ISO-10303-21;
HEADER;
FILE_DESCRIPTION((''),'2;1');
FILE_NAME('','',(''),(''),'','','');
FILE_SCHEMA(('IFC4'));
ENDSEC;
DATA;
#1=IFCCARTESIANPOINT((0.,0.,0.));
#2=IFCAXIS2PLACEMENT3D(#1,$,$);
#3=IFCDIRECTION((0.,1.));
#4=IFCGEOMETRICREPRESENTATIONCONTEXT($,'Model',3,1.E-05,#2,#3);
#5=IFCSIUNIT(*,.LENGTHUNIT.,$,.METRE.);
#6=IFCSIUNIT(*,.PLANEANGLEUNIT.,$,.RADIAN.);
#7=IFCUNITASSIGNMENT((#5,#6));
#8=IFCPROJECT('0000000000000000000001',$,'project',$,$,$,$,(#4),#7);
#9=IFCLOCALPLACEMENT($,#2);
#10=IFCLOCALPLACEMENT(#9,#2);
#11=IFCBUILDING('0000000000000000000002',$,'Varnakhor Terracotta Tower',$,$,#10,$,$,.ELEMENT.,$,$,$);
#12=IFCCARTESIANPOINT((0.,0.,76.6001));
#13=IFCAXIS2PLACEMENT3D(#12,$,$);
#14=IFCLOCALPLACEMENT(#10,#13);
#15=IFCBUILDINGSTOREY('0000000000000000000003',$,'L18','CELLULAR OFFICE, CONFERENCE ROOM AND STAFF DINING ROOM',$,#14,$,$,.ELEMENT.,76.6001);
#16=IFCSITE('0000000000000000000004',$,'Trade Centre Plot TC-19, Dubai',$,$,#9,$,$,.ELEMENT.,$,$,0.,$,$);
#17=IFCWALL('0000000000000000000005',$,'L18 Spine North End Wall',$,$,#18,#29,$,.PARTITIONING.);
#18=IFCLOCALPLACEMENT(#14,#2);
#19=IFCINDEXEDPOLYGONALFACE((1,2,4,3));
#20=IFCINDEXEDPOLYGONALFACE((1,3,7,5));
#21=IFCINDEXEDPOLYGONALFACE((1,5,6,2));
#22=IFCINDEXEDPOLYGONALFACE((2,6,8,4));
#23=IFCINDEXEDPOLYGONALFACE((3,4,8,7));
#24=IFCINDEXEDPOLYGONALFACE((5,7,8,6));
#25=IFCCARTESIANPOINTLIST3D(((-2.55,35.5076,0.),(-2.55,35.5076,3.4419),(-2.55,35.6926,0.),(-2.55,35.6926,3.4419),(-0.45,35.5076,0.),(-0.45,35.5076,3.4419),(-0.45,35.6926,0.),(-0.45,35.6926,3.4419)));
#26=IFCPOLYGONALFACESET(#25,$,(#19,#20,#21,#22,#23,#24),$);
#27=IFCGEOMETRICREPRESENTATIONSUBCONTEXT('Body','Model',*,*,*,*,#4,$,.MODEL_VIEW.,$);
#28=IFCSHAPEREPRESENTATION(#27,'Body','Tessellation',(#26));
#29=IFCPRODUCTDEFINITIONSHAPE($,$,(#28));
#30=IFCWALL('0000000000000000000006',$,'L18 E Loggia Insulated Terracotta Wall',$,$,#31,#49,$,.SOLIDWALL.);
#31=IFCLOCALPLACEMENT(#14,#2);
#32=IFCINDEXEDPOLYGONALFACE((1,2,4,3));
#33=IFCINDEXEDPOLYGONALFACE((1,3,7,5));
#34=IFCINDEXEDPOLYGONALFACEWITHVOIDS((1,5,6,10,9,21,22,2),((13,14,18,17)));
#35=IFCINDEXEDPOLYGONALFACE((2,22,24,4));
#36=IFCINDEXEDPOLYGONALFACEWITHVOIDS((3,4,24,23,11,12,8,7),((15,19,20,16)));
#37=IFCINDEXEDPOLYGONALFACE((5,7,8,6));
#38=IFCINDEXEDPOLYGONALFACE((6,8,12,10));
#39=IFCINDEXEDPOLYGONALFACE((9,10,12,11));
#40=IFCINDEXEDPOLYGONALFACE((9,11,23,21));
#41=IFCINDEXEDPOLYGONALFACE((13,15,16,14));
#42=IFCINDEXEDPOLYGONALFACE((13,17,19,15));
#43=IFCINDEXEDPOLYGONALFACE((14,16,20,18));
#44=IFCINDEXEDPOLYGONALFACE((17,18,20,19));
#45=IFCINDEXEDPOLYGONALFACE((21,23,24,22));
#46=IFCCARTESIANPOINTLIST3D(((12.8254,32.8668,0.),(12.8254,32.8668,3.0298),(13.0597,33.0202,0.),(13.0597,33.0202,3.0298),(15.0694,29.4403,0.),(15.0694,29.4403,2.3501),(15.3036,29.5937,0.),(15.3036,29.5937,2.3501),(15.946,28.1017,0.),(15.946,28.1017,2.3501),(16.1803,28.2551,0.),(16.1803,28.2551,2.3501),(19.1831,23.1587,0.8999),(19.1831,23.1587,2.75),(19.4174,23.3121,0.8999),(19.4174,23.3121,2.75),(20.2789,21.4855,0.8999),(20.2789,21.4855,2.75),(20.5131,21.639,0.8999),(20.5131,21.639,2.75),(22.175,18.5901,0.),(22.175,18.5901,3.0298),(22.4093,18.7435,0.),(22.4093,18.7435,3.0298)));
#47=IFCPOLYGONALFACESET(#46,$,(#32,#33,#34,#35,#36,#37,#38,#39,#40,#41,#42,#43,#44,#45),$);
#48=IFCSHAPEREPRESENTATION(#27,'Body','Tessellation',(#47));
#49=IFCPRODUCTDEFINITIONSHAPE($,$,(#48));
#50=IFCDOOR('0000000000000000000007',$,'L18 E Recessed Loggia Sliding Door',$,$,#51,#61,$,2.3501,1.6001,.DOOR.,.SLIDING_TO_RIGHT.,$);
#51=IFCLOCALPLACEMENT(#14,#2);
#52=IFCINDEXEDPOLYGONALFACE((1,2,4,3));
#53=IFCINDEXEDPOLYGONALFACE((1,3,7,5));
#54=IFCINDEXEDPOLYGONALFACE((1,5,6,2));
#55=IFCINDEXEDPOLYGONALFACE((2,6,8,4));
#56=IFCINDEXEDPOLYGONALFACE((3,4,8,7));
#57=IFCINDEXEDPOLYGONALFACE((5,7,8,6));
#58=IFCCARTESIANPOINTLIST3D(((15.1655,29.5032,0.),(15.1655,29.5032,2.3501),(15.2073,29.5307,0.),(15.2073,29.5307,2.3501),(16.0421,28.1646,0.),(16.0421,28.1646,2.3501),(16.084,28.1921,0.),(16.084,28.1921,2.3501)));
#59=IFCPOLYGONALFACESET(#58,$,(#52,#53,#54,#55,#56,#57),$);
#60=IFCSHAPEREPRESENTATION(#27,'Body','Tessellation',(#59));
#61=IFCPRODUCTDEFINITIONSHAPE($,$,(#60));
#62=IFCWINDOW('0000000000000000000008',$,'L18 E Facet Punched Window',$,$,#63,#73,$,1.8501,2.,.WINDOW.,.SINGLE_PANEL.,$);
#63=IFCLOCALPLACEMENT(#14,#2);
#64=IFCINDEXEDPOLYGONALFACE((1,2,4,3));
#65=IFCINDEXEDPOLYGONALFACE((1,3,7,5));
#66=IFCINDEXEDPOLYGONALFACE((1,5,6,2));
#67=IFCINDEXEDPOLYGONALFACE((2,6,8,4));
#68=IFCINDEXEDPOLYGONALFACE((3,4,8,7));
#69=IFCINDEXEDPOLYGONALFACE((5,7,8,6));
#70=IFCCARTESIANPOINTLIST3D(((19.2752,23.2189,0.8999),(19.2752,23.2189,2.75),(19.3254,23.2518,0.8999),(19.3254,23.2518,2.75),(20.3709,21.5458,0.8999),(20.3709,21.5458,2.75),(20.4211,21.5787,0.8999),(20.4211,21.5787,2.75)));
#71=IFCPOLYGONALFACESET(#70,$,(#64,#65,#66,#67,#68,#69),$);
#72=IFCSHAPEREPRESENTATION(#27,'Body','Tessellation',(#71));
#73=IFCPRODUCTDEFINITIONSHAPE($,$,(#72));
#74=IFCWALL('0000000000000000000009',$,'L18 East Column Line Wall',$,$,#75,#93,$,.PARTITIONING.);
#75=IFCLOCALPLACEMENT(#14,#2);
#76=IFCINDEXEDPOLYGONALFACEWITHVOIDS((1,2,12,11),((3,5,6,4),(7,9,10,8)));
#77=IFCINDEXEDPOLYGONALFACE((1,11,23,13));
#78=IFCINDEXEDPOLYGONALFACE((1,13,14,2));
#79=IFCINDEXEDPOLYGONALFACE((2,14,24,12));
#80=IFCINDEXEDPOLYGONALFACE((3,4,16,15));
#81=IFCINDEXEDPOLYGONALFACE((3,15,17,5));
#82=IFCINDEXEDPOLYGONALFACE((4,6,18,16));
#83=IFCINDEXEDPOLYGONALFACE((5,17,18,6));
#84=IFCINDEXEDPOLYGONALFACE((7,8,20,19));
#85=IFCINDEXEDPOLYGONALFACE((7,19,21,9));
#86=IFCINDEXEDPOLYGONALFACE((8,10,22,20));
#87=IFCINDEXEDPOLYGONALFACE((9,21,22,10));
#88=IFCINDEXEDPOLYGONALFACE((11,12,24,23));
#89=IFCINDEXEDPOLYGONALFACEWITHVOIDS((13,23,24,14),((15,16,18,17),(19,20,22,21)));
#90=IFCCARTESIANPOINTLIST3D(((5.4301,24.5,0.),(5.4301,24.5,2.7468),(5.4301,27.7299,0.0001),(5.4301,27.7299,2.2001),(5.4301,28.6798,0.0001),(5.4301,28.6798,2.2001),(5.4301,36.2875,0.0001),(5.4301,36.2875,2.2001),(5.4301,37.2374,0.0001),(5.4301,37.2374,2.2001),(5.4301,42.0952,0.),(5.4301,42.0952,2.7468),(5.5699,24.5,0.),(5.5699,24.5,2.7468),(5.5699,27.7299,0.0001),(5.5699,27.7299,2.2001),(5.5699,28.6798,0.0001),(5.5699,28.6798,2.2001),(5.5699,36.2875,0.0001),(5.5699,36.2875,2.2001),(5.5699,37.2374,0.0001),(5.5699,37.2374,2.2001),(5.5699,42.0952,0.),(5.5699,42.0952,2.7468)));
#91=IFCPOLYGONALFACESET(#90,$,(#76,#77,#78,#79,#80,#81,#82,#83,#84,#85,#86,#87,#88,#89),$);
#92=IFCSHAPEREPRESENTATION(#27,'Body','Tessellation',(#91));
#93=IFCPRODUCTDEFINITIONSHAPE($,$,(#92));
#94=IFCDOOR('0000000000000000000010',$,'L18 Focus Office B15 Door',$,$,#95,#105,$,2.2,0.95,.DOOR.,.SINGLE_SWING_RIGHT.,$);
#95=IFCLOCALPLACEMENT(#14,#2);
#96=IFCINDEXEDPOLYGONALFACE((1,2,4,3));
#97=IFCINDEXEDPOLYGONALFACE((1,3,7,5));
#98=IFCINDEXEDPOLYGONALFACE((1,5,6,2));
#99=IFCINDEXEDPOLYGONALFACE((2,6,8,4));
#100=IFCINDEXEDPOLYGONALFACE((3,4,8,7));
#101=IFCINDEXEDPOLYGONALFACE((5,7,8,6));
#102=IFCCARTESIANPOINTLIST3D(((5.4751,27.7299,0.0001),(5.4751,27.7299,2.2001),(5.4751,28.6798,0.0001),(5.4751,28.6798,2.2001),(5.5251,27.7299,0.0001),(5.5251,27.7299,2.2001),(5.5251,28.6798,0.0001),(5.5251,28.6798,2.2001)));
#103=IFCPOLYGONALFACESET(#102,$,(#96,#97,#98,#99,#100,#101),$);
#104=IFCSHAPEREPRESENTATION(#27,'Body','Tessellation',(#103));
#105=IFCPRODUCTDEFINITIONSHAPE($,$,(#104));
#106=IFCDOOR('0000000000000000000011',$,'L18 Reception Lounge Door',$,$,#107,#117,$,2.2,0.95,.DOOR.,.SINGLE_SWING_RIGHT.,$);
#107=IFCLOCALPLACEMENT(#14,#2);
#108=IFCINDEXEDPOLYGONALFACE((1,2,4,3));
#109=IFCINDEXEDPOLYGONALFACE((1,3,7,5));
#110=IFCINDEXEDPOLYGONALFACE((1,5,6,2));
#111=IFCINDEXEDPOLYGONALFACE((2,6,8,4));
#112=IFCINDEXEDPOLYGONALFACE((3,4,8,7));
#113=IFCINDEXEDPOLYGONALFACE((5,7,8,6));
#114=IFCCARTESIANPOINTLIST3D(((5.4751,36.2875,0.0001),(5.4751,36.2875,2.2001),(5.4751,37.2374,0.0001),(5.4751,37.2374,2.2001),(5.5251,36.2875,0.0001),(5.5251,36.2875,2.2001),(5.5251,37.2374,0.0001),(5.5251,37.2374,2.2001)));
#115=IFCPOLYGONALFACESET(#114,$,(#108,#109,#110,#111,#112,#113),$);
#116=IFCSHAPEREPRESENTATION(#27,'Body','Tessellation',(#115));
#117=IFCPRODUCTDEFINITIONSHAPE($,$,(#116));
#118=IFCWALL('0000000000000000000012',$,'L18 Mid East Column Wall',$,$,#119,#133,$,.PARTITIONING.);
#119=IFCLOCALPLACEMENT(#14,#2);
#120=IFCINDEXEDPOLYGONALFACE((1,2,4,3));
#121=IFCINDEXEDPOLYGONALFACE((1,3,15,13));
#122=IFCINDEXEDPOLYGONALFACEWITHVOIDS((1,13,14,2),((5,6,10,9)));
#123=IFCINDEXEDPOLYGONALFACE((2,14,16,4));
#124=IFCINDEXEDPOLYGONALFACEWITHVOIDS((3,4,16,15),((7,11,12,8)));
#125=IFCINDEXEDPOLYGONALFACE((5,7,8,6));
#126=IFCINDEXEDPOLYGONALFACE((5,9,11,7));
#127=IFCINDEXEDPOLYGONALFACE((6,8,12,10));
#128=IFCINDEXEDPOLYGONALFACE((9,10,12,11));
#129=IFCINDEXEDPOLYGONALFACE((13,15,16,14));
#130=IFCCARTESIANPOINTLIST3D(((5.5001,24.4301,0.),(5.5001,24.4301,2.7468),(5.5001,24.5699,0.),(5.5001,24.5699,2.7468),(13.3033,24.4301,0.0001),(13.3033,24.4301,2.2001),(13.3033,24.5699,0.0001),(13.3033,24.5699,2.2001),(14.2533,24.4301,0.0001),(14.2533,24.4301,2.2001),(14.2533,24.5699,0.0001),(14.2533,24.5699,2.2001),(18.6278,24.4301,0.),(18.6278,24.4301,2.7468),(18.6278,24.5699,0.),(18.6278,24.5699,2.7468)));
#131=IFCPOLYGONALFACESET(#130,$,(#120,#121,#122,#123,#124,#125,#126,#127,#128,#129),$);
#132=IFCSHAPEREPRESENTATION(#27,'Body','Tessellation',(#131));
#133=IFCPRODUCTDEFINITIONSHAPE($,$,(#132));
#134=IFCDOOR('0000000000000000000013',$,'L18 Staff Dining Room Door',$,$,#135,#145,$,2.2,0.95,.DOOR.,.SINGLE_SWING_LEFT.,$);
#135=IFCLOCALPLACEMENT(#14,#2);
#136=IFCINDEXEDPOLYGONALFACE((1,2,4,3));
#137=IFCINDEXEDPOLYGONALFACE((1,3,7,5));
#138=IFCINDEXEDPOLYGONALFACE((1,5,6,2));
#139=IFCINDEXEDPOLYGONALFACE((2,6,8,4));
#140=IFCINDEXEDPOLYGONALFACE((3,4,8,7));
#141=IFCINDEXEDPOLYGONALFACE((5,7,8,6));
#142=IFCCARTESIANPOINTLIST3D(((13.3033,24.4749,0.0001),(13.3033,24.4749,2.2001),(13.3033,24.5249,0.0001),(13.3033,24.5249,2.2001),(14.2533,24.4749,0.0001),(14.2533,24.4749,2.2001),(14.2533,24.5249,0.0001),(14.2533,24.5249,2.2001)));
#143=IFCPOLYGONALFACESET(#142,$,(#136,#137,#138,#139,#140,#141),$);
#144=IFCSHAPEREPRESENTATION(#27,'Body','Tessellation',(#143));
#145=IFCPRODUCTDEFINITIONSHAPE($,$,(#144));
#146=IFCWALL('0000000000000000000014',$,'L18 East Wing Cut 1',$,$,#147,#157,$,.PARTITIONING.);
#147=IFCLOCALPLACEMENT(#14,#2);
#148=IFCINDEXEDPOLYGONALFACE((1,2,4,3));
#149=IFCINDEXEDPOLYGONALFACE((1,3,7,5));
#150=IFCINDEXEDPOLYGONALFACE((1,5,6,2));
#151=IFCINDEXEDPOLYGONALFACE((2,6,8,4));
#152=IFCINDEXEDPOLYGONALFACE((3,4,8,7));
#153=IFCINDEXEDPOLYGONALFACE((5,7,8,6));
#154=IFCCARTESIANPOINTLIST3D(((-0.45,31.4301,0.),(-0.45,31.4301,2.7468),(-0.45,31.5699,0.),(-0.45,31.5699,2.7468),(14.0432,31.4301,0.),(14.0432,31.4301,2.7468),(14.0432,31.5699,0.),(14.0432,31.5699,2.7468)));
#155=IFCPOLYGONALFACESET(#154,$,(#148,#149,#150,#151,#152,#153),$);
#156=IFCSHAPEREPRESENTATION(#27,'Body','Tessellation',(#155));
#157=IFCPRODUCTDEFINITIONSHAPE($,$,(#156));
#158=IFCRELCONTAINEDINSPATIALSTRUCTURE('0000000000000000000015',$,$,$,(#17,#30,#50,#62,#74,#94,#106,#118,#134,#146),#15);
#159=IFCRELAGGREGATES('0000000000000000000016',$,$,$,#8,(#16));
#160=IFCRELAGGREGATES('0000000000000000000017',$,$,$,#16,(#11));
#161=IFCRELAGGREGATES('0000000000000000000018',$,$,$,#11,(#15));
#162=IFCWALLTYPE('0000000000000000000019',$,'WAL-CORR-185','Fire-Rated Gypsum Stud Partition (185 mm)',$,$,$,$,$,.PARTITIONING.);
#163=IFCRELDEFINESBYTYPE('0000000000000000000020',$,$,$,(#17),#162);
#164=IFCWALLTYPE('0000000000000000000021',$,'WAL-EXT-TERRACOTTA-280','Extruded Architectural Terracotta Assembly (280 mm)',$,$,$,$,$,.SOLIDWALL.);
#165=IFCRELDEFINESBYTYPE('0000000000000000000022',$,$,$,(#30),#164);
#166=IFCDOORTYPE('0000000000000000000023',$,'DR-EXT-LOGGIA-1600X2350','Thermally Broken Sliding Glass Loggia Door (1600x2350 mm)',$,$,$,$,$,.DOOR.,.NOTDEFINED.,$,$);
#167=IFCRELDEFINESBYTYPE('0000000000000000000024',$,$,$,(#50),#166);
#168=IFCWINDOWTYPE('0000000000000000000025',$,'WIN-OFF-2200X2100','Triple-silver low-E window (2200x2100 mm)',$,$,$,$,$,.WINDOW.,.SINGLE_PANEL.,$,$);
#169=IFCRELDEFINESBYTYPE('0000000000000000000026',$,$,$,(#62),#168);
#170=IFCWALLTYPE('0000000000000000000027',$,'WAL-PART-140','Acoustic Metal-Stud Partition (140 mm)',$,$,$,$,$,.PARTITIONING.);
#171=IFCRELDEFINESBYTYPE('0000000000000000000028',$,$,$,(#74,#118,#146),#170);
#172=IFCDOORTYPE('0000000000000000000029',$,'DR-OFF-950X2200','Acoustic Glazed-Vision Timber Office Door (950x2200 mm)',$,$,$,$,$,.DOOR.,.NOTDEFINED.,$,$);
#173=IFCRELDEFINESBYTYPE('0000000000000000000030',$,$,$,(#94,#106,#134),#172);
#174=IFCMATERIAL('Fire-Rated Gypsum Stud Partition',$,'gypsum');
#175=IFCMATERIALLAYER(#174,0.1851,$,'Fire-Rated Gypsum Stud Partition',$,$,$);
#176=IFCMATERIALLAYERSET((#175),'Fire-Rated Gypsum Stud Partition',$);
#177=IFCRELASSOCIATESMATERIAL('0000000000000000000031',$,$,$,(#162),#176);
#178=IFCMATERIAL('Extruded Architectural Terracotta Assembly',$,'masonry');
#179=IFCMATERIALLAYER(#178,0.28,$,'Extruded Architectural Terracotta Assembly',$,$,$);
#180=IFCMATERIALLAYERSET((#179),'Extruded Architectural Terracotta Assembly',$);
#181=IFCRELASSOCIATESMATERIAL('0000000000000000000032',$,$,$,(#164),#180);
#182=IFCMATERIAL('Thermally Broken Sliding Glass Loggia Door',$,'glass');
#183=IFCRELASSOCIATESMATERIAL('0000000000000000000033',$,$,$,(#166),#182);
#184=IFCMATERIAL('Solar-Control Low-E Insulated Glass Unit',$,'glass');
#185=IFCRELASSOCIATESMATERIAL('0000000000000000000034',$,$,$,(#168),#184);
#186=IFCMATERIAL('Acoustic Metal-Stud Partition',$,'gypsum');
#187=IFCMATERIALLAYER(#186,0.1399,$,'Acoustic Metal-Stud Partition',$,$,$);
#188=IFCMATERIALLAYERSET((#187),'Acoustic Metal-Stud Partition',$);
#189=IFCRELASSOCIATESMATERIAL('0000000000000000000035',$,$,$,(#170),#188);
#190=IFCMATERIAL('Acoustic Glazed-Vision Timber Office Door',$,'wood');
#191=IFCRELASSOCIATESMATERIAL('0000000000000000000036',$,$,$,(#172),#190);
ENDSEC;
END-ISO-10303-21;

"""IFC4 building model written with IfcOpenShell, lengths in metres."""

from ifc_helpers import new_model, si_unit, direction, frame, frame_2d, origin, place, context, subcontext, project, spatial, rectangle, extrude, source, transform, mapped, material, layer, layer_set, type_object, type_shapes, element, fill, save


model = new_model("IFC4")

# Units and contexts
model_context = context("Model", 3, precision=1e-05, world=origin(), true_north=direction((0.0, 1.0)))
body_context = subcontext(model_context, "Body", "Model", "MODEL_VIEW")
ifc_project = project(units=[si_unit("LENGTHUNIT", "METRE"), si_unit("PLANEANGLEUNIT", "RADIAN")], contexts=[model_context])

# Site, building, storey
site_placement = place(None, origin())
site = spatial("IfcSite", under=ifc_project, at=site_placement, Name="Trade Centre Plot TC-19, Dubai", CompositionType="ELEMENT", RefElevation=0.0)
building_placement = place(site_placement, origin())
building = spatial("IfcBuilding", under=site, at=building_placement, Name="Varnakhor Terracotta Tower", CompositionType="ELEMENT")
storey_placement = place(building_placement, frame((0.0, 0.0, 76.6001)))
storey = spatial("IfcBuildingStorey", under=building, at=storey_placement, Name="L18", Description="CELLULAR OFFICE, CONFERENCE ROOM AND STAFF DINING ROOM", CompositionType="ELEMENT", Elevation=76.6001)

# Wall
ifc_material_1 = material(Name="Fire-Rated Gypsum Stud Partition", Category="gypsum")
ifc_layer_1 = layer(ifc_material_1, 0.1851, Name="Fire-Rated Gypsum Stud Partition")
ifc_layer_set_1 = layer_set([ifc_layer_1], Name="Fire-Rated Gypsum Stud Partition")
wall_type_1 = type_object("IfcWallType", Name="WAL-CORR-185", Description="Fire-Rated Gypsum Stud Partition (185 mm)", PredefinedType="PARTITIONING", material=ifc_layer_set_1)
wall_1_placement = place(storey_placement, frame((-2.55, 35.6001, 0.0), z_axis=(0.0, 0.0, 1.0), x_axis=(1.0, 0.0, 0.0)))
element("IfcWall", 1, at=wall_1_placement, inside=storey, type_object=wall_type_1, Name="L18 Spine North End Wall", PredefinedType="PARTITIONING", context=body_context, shape_type="SweptSolid", body=[
    extrude(rectangle(XDim=2.1001, YDim=0.1851, at=frame_2d((1.05, 0.0))), origin(), (0.0, 0.0, 1.0), 3.4419),
])

# Wall, openings, door, window
ifc_material_2 = material(Name="Extruded Architectural Terracotta Assembly", Category="masonry")
ifc_layer_2 = layer(ifc_material_2, 0.28, Name="Extruded Architectural Terracotta Assembly")
ifc_layer_set_2 = layer_set([ifc_layer_2], Name="Extruded Architectural Terracotta Assembly")
wall_type_2 = type_object("IfcWallType", Name="WAL-EXT-TERRACOTTA-280", Description="Extruded Architectural Terracotta Assembly (280 mm)", PredefinedType="SOLIDWALL", material=ifc_layer_set_2)
wall_2_placement = place(storey_placement, frame((12.9426, 32.9434, 0.0), z_axis=(0.0, 0.0, 1.0), x_axis=(0.547861, -0.836569, 0.0)))
wall_2 = element("IfcWall", 2, at=wall_2_placement, inside=storey, type_object=wall_type_2, Name="L18 E Loggia Insulated Terracotta Wall", PredefinedType="SOLIDWALL", context=body_context, shape_type="SweptSolid", body=[
    extrude(rectangle(XDim=17.0657, YDim=0.28, at=frame_2d((8.5327, 0.0))), origin(), (0.0, 0.0, 1.0), 3.0298),
])
opening_1_placement = place(wall_2_placement, frame((4.0957, 0.0, 0.0)))
opening_1 = element("IfcOpeningElement", 3, at=opening_1_placement, cuts=wall_2, PredefinedType="OPENING", context=body_context, shape_type="SweptSolid", body=[
    extrude(rectangle(XDim=1.6001, YDim=2.3501, at=frame_2d((0.8, 1.175))), frame((0.0, 0.1499, 0.0), z_axis=(0.0, -1.0, 0.0), x_axis=(1.0, 0.0, 0.0)), (0.0, 0.0, 1.0), 0.3),
])
opening_2_placement = place(wall_2_placement, frame((11.6045, 0.0, 0.8999)))
opening_2 = element("IfcOpeningElement", 4, at=opening_2_placement, cuts=wall_2, PredefinedType="OPENING", context=body_context, shape_type="SweptSolid", body=[
    extrude(rectangle(XDim=2.0, YDim=1.8501, at=frame_2d((1.0, 0.925))), frame((0.0, 0.1499, 0.0), z_axis=(0.0, -1.0, 0.0), x_axis=(1.0, 0.0, 0.0)), (0.0, 0.0, 1.0), 0.3),
])
ifc_material_3 = material(Name="Thermally Broken Sliding Glass Loggia Door", Category="glass")
door_type_1 = type_object("IfcDoorType", Name="DR-EXT-LOGGIA-1600X2350", Description="Thermally Broken Sliding Glass Loggia Door (1600x2350 mm)", OperationType="NOTDEFINED", PredefinedType="DOOR", material=ifc_material_3)
shared_shape_1 = source(origin(), body_context, "Body", "SweptSolid", [
    extrude(rectangle(XDim=1.6001, YDim=2.3501, at=frame_2d((0.8, 1.175))), frame((0.0, 0.0249, 0.0), z_axis=(0.0, -1.0, 0.0), x_axis=(1.0, 0.0, 0.0)), (0.0, 0.0, 1.0), 0.05),
])
type_shapes(door_type_1, [shared_shape_1])
door_1_placement = place(opening_1_placement, origin())
door_1 = element("IfcDoor", 5, at=door_1_placement, inside=storey, type_object=door_type_1, Name="L18 E Recessed Loggia Sliding Door", OperationType="SLIDING_TO_RIGHT", OverallHeight=2.3501, OverallWidth=1.6001, PredefinedType="DOOR", context=body_context, shape_type="MappedRepresentation", body=[
    mapped(shared_shape_1, transform((0.0, 0.0, 0.0), scale=1.0)),
])
fill(opening_1, door_1)
ifc_material_4 = material(Name="Solar-Control Low-E Insulated Glass Unit", Category="glass")
window_type = type_object("IfcWindowType", Name="WIN-OFF-2200X2100", Description="Triple-silver low-E window (2200x2100 mm)", PartitioningType="SINGLE_PANEL", PredefinedType="WINDOW", material=ifc_material_4)
shared_shape_2 = source(origin(), body_context, "Body", "SweptSolid", [
    extrude(rectangle(XDim=2.0, YDim=1.8501, at=frame_2d((1.0, 0.925))), frame((0.0, 0.03, 0.0), z_axis=(0.0, -1.0, 0.0), x_axis=(1.0, 0.0, 0.0)), (0.0, 0.0, 1.0), 0.0601),
])
type_shapes(window_type, [shared_shape_2])
window_placement = place(opening_2_placement, origin())
window = element("IfcWindow", 6, at=window_placement, inside=storey, type_object=window_type, Name="L18 E Facet Punched Window", OverallHeight=1.8501, OverallWidth=2.0, PartitioningType="SINGLE_PANEL", PredefinedType="WINDOW", context=body_context, shape_type="MappedRepresentation", body=[
    mapped(shared_shape_2, transform((0.0, 0.0, 0.0), scale=1.0)),
])
fill(opening_2, window)

# Wall, openings, doors
ifc_material_5 = material(Name="Acoustic Metal-Stud Partition", Category="gypsum")
ifc_layer_3 = layer(ifc_material_5, 0.1399, Name="Acoustic Metal-Stud Partition")
ifc_layer_set_3 = layer_set([ifc_layer_3], Name="Acoustic Metal-Stud Partition")
wall_type_3 = type_object("IfcWallType", Name="WAL-PART-140", Description="Acoustic Metal-Stud Partition (140 mm)", PredefinedType="PARTITIONING", material=ifc_layer_set_3)
wall_3_placement = place(storey_placement, frame((5.5, 24.5, 0.0), z_axis=(0.0, 0.0, 1.0), x_axis=(0.0, 1.0, 0.0)))
wall_3 = element("IfcWall", 7, at=wall_3_placement, inside=storey, type_object=wall_type_3, Name="L18 East Column Line Wall", PredefinedType="PARTITIONING", context=body_context, shape_type="SweptSolid", body=[
    extrude(rectangle(XDim=17.5952, YDim=0.1399, at=frame_2d((8.7976, 0.0))), origin(), (0.0, 0.0, 1.0), 2.7468),
])
opening_3_placement = place(wall_3_placement, frame((3.2297, 0.0, 0.0)))
opening_3 = element("IfcOpeningElement", 8, at=opening_3_placement, cuts=wall_3, PredefinedType="OPENING", context=body_context, shape_type="SweptSolid", body=[
    extrude(rectangle(XDim=0.95, YDim=2.2, at=frame_2d((0.4751, 1.1001))), frame((0.0, 0.0801, 0.0), z_axis=(0.0, -1.0, 0.0), x_axis=(1.0, 0.0, 0.0)), (0.0, 0.0, 1.0), 0.1599),
])
opening_4_placement = place(wall_3_placement, frame((11.7874, 0.0, 0.0)))
opening_4 = element("IfcOpeningElement", 9, at=opening_4_placement, cuts=wall_3, PredefinedType="OPENING", context=body_context, shape_type="SweptSolid", body=[
    extrude(rectangle(XDim=0.95, YDim=2.2, at=frame_2d((0.4751, 1.1001))), frame((0.0, 0.0801, 0.0), z_axis=(0.0, -1.0, 0.0), x_axis=(1.0, 0.0, 0.0)), (0.0, 0.0, 1.0), 0.1599),
])
ifc_material_6 = material(Name="Acoustic Glazed-Vision Timber Office Door", Category="wood")
door_type_2 = type_object("IfcDoorType", Name="DR-OFF-950X2200", Description="Acoustic Glazed-Vision Timber Office Door (950x2200 mm)", OperationType="NOTDEFINED", PredefinedType="DOOR", material=ifc_material_6)
shared_shape_3 = source(origin(), body_context, "Body", "SweptSolid", [
    extrude(rectangle(XDim=0.95, YDim=2.2, at=frame_2d((0.4751, 1.1001))), frame((0.0, 0.0249, 0.0), z_axis=(0.0, -1.0, 0.0), x_axis=(1.0, 0.0, 0.0)), (0.0, 0.0, 1.0), 0.05),
])
type_shapes(door_type_2, [shared_shape_3])
door_2_placement = place(opening_3_placement, origin())
door_2 = element("IfcDoor", 10, at=door_2_placement, inside=storey, type_object=door_type_2, Name="L18 Focus Office B15 Door", OperationType="SINGLE_SWING_RIGHT", OverallHeight=2.2, OverallWidth=0.95, PredefinedType="DOOR", context=body_context, shape_type="MappedRepresentation", body=[
    mapped(shared_shape_3, transform((0.0, 0.0, 0.0), scale=1.0)),
])
fill(opening_3, door_2)
door_3_placement = place(opening_4_placement, origin())
door_3 = element("IfcDoor", 11, at=door_3_placement, inside=storey, type_object=door_type_2, Name="L18 Reception Lounge Door", OperationType="SINGLE_SWING_RIGHT", OverallHeight=2.2, OverallWidth=0.95, PredefinedType="DOOR", context=body_context, shape_type="MappedRepresentation", body=[
    mapped(shared_shape_3, transform((0.0, 0.0, 0.0), scale=1.0)),
])
fill(opening_4, door_3)

# Wall, opening, door
wall_4_placement = place(storey_placement, frame((5.5, 24.5, 0.0), z_axis=(0.0, 0.0, 1.0), x_axis=(1.0, 0.0, 0.0)))
wall_4 = element("IfcWall", 12, at=wall_4_placement, inside=storey, type_object=wall_type_3, Name="L18 Mid East Column Wall", PredefinedType="PARTITIONING", context=body_context, shape_type="SweptSolid", body=[
    extrude(rectangle(XDim=13.1277, YDim=0.1399, at=frame_2d((6.564, 0.0))), origin(), (0.0, 0.0, 1.0), 2.7468),
])
opening_5_placement = place(wall_4_placement, frame((7.8032, 0.0, 0.0)))
opening_5 = element("IfcOpeningElement", 13, at=opening_5_placement, cuts=wall_4, PredefinedType="OPENING", context=body_context, shape_type="SweptSolid", body=[
    extrude(rectangle(XDim=0.95, YDim=2.2, at=frame_2d((0.4751, 1.1001))), frame((0.0, 0.0801, 0.0), z_axis=(0.0, -1.0, 0.0), x_axis=(1.0, 0.0, 0.0)), (0.0, 0.0, 1.0), 0.1599),
])
door_4_placement = place(opening_5_placement, origin())
door_4 = element("IfcDoor", 14, at=door_4_placement, inside=storey, type_object=door_type_2, Name="L18 Staff Dining Room Door", OperationType="SINGLE_SWING_LEFT", OverallHeight=2.2, OverallWidth=0.95, PredefinedType="DOOR", context=body_context, shape_type="MappedRepresentation", body=[
    mapped(shared_shape_3, transform((0.0, 0.0, 0.0), scale=1.0)),
])
fill(opening_5, door_4)

# Wall
wall_5_placement = place(storey_placement, frame((-0.45, 31.5, 0.0), z_axis=(0.0, 0.0, 1.0), x_axis=(1.0, 0.0, 0.0)))
element("IfcWall", 15, at=wall_5_placement, inside=storey, type_object=wall_type_3, Name="L18 East Wing Cut 1", PredefinedType="PARTITIONING", context=body_context, shape_type="SweptSolid", body=[
    extrude(rectangle(XDim=14.4932, YDim=0.1399, at=frame_2d((7.2466, 0.0))), origin(), (0.0, 0.0, 1.0), 2.7468),
])

save(model, "model.ifc")
